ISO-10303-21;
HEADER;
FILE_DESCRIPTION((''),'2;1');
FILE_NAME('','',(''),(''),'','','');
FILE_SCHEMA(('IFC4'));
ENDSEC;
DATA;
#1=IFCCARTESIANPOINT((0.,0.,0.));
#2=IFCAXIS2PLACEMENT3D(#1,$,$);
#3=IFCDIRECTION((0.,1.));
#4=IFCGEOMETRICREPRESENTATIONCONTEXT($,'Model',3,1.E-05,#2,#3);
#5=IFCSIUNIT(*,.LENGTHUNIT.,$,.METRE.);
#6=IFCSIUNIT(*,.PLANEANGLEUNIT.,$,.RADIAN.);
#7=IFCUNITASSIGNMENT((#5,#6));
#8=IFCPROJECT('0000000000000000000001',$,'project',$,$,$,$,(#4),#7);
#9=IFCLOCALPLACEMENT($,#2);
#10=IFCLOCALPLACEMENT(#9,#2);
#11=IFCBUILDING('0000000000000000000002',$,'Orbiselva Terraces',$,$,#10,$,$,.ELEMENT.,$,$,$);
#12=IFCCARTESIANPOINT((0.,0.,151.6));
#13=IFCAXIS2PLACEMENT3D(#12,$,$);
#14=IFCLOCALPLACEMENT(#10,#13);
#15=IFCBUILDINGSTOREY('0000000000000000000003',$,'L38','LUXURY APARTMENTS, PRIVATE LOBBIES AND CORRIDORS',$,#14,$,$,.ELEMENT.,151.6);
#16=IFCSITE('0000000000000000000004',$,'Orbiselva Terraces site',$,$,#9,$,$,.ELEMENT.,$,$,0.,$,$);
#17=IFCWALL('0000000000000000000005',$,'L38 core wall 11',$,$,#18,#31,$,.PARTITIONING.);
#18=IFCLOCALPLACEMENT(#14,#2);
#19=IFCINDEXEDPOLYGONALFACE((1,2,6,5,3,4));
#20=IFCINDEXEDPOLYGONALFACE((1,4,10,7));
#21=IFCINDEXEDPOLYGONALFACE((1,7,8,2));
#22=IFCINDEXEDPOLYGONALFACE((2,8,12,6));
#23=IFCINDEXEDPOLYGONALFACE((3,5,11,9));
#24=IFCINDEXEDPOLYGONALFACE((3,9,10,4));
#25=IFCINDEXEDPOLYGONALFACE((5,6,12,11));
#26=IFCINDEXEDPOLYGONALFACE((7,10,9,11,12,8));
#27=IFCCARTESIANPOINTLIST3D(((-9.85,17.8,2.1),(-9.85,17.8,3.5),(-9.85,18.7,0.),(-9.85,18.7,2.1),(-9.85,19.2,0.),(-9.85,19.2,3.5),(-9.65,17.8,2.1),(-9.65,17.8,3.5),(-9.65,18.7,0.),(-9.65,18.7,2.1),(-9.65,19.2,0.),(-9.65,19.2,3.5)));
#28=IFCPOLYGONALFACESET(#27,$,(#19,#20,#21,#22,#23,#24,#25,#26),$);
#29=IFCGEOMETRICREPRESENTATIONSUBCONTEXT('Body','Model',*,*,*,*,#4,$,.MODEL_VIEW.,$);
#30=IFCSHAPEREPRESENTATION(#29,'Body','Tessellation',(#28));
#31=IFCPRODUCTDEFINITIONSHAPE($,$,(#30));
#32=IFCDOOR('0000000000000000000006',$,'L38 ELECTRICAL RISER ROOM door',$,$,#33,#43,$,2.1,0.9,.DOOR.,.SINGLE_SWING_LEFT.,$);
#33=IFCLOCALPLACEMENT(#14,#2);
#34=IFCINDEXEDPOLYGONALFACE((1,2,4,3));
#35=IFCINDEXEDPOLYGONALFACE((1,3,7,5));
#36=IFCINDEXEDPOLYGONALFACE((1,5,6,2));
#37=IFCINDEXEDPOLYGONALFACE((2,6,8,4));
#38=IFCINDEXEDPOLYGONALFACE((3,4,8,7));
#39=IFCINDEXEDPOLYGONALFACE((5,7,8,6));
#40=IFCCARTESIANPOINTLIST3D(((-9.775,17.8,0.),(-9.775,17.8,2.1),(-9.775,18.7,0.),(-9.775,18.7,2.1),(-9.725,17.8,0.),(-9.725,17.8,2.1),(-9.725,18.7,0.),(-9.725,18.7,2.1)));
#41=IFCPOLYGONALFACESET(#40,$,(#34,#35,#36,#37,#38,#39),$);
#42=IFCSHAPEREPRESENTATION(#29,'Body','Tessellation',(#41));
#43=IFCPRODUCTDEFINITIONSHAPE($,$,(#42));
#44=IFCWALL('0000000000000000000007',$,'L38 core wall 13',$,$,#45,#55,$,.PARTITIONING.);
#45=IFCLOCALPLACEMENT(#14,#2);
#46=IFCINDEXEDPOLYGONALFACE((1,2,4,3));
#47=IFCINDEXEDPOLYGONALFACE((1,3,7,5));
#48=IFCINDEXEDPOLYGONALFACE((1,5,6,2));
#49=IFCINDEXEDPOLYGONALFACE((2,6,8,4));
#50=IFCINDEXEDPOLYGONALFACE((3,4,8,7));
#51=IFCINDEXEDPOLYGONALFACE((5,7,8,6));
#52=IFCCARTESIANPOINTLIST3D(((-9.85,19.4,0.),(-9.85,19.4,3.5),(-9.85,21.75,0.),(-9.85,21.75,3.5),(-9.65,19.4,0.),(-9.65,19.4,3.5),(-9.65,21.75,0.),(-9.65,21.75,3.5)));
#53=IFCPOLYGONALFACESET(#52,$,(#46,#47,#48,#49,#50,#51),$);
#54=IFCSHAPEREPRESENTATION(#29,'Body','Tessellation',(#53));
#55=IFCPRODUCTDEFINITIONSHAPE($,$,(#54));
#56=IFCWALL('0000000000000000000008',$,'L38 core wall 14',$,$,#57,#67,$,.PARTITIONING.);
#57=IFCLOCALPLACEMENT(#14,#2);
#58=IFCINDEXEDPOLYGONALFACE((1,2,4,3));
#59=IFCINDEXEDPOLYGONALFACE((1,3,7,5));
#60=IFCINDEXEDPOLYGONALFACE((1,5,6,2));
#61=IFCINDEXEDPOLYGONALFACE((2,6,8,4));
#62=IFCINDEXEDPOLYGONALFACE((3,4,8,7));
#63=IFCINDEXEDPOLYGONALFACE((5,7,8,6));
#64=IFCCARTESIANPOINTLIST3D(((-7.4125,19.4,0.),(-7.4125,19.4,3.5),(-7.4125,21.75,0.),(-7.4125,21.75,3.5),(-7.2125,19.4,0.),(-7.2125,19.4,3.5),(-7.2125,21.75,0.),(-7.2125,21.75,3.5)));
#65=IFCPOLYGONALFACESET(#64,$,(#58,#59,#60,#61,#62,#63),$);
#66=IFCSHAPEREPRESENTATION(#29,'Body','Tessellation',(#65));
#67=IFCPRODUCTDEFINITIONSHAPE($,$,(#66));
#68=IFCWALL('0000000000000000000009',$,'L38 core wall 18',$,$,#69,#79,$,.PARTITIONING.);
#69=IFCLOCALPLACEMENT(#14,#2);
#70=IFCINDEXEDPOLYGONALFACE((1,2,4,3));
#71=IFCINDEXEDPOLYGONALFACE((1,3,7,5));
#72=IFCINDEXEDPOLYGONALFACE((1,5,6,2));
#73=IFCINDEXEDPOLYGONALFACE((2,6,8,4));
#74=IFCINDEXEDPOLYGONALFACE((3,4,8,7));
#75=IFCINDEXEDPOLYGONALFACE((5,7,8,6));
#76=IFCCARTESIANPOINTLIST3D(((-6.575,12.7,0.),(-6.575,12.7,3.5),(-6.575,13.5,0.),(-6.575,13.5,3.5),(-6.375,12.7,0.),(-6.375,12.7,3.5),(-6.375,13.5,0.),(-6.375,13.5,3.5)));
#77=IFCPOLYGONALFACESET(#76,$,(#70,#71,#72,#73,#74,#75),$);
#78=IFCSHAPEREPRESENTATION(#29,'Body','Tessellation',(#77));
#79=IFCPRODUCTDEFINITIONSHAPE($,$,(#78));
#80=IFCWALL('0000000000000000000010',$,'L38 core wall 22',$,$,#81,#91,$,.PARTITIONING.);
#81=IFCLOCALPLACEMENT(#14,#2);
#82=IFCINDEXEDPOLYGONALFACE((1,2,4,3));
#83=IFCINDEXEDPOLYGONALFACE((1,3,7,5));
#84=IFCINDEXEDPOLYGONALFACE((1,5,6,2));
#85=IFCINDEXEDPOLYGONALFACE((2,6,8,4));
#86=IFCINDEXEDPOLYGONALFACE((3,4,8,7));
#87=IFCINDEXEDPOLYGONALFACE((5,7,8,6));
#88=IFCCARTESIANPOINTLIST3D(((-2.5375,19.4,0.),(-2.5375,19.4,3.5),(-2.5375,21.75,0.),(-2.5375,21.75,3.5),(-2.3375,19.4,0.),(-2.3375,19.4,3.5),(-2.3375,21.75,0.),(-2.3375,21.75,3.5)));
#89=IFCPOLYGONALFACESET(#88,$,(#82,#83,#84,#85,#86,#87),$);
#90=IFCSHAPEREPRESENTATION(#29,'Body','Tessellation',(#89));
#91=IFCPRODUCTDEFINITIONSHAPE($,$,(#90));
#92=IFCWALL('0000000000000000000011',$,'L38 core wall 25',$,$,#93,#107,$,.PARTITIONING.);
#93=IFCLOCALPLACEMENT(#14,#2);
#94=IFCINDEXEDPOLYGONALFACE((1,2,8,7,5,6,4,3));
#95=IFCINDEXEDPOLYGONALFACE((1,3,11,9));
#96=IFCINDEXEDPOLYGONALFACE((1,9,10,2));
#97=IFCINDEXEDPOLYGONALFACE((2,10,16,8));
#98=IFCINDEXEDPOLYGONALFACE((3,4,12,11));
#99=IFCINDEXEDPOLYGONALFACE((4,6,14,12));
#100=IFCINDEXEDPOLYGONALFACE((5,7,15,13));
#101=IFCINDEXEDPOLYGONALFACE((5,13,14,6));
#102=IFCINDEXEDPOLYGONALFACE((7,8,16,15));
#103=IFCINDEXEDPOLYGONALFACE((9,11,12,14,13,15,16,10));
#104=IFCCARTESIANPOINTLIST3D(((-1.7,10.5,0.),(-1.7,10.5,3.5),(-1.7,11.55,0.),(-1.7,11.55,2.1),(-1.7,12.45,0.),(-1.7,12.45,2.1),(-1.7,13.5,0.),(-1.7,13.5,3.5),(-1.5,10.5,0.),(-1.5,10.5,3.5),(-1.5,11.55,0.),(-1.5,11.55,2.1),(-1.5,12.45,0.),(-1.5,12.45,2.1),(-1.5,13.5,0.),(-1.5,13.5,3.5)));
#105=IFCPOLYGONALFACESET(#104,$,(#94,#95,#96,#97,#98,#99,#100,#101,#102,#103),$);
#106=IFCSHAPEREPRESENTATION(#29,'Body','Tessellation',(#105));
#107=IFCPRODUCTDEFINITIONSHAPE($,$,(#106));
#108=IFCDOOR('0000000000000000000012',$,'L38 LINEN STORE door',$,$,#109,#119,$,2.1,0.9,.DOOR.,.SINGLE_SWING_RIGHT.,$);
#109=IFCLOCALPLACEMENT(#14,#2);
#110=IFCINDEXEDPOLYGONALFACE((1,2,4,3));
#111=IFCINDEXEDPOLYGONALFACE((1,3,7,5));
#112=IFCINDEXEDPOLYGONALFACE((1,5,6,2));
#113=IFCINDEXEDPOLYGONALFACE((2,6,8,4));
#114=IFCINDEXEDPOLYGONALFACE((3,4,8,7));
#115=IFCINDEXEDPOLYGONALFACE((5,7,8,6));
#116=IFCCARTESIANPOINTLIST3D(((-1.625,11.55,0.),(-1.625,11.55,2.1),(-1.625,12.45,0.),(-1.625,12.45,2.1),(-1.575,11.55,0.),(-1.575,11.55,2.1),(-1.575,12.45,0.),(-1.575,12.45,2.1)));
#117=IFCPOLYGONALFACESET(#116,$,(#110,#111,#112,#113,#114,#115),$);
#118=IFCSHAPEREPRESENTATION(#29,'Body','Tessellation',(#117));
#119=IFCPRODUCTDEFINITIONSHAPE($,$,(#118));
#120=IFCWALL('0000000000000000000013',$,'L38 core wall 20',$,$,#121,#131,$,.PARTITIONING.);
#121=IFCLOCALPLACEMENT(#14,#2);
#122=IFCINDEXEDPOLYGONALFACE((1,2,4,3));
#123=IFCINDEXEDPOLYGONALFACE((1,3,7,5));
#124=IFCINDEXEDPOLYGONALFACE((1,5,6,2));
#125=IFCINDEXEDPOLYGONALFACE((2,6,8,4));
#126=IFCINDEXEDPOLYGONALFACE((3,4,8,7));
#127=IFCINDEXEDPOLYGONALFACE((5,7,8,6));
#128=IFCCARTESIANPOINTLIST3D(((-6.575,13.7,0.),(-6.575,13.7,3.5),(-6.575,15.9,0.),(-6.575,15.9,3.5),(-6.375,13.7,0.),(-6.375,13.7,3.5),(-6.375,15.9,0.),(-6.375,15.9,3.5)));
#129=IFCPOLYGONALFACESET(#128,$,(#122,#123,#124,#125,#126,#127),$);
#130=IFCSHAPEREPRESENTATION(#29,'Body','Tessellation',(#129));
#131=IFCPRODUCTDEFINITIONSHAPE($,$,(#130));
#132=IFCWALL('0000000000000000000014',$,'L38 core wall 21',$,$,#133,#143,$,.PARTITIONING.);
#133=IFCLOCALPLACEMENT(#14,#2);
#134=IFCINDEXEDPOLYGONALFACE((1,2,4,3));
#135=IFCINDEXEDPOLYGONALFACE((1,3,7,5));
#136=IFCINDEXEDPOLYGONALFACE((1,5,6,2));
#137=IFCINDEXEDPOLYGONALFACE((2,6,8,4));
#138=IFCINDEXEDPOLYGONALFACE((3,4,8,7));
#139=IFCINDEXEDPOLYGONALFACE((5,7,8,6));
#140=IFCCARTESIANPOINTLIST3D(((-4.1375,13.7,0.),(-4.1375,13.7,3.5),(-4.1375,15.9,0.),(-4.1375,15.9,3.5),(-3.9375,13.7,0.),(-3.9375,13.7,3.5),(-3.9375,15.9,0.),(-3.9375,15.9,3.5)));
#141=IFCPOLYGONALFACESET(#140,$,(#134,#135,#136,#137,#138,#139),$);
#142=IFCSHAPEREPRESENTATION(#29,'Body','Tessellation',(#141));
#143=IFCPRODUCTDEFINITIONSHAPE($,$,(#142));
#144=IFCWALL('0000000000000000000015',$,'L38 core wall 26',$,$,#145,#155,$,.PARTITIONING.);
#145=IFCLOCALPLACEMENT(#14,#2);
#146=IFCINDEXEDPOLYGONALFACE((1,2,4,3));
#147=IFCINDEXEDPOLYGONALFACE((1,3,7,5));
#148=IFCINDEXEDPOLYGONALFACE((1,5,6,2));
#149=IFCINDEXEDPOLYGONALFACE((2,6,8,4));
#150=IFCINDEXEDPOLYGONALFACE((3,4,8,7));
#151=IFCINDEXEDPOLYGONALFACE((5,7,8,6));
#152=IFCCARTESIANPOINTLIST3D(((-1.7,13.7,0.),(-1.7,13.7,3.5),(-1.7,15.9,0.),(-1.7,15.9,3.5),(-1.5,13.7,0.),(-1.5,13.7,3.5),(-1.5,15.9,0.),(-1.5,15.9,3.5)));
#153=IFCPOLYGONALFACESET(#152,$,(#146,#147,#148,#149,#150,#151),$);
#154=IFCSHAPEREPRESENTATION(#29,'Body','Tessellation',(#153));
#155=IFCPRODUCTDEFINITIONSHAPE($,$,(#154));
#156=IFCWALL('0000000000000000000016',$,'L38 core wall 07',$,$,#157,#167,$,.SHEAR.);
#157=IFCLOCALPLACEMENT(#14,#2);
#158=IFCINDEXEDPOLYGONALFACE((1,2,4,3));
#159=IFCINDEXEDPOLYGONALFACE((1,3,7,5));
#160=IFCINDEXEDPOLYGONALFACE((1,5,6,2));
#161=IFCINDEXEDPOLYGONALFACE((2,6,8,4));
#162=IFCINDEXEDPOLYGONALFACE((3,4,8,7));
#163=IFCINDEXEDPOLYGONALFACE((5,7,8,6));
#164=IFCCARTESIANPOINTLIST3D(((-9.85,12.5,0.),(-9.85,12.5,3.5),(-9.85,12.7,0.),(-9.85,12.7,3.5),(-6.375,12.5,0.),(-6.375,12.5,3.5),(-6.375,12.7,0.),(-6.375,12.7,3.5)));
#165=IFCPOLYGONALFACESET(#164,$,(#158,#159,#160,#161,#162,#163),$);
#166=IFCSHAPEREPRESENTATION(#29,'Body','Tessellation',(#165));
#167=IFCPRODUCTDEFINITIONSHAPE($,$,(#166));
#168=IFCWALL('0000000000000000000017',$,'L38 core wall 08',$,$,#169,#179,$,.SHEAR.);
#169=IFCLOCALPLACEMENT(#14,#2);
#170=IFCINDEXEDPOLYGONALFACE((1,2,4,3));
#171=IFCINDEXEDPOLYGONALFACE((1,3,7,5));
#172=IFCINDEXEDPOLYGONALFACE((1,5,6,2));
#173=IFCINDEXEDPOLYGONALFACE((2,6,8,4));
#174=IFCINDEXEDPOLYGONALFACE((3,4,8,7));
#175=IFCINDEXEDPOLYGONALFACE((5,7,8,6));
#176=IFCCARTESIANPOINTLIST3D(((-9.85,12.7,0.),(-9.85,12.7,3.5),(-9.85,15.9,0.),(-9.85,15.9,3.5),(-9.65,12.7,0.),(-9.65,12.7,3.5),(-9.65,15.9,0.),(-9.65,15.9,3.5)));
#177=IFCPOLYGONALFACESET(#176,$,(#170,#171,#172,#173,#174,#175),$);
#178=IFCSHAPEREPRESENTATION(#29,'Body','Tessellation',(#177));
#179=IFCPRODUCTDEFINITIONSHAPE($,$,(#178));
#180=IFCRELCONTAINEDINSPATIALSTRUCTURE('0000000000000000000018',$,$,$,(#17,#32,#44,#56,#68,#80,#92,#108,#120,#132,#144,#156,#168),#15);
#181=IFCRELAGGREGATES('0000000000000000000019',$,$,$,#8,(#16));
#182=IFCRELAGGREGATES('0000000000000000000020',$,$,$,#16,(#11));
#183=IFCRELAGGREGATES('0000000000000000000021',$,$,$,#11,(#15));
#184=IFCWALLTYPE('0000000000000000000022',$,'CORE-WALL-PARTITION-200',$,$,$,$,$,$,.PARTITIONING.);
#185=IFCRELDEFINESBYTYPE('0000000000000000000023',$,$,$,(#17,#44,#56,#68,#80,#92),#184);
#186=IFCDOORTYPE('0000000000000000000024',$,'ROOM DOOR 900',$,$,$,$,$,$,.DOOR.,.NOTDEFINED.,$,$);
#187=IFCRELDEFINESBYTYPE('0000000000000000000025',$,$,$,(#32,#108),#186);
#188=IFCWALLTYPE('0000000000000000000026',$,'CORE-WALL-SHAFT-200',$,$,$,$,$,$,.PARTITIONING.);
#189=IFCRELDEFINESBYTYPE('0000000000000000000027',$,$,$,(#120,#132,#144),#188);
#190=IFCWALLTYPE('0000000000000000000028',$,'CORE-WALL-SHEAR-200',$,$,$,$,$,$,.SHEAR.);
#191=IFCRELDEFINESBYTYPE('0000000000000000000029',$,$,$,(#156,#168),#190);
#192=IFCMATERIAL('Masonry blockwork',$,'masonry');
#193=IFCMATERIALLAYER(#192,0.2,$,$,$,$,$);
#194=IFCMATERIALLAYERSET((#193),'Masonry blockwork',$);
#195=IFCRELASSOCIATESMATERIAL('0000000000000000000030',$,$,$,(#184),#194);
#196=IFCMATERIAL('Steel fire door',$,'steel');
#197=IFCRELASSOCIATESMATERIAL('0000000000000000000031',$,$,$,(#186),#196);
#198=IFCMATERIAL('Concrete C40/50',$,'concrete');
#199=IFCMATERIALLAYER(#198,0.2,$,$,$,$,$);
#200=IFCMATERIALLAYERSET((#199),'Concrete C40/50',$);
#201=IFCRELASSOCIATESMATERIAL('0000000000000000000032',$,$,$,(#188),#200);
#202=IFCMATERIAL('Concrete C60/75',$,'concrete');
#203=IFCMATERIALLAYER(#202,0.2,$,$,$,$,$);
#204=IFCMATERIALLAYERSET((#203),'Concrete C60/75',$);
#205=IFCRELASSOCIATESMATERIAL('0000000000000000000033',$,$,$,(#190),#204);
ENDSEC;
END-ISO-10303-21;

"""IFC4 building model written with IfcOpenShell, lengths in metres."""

from ifc_helpers import new_model, si_unit, direction, frame, frame_2d, origin, place, context, subcontext, project, spatial, rectangle, extrude, material, layer, layer_set, type_object, element, fill, save


model = new_model("IFC4")

# Units and contexts
model_context = context("Model", 3, precision=1e-05, world=origin(), true_north=direction((0.0, 1.0)))
body_context = subcontext(model_context, "Body", "Model", "MODEL_VIEW")
ifc_project = project(units=[si_unit("LENGTHUNIT", "METRE"), si_unit("PLANEANGLEUNIT", "RADIAN")], contexts=[model_context])

# Site, building, storey
site_placement = place(None, origin())
site = spatial("IfcSite", under=ifc_project, at=site_placement, Name="Orbiselva Terraces site", CompositionType="ELEMENT", RefElevation=0.0)
building_placement = place(site_placement, origin())
building = spatial("IfcBuilding", under=site, at=building_placement, Name="Orbiselva Terraces", CompositionType="ELEMENT")
storey_placement = place(building_placement, frame((0.0, 0.0, 151.6)))
storey = spatial("IfcBuildingStorey", under=building, at=storey_placement, Name="L38", Description="LUXURY APARTMENTS, PRIVATE LOBBIES AND CORRIDORS", CompositionType="ELEMENT", Elevation=151.6)

# Wall, opening, door
ifc_material_1 = material(Name="Masonry blockwork", Category="masonry")
ifc_layer_1 = layer(ifc_material_1, 0.2)
ifc_layer_set_1 = layer_set([ifc_layer_1], Name="Masonry blockwork")
wall_type_1 = type_object("IfcWallType", Name="CORE-WALL-PARTITION-200", PredefinedType="PARTITIONING", material=ifc_layer_set_1)
wall_1_placement = place(storey_placement, frame((-9.75, 17.8, 0.0), z_axis=(0.0, 0.0, 1.0), x_axis=(0.0, 1.0, 0.0)))
wall_1 = element("IfcWall", 1, at=wall_1_placement, inside=storey, type_object=wall_type_1, Name="L38 core wall 11", PredefinedType="PARTITIONING", context=body_context, shape_type="SweptSolid", body=[
    extrude(rectangle(XDim=1.4, YDim=0.2, at=frame_2d((0.7, 0.0))), origin(), (0.0, 0.0, 1.0), 3.5),
])
opening_1_placement = place(wall_1_placement, origin())
opening_1 = element("IfcOpeningElement", 2, at=opening_1_placement, cuts=wall_1, PredefinedType="OPENING", context=body_context, shape_type="SweptSolid", body=[
    extrude(rectangle(XDim=0.9, YDim=2.1, at=frame_2d((0.45, 1.05))), frame((0.0, 0.11, 0.0), z_axis=(0.0, -1.0, 0.0), x_axis=(1.0, 0.0, 0.0)), (0.0, 0.0, 1.0), 0.22),
])
ifc_material_2 = material(Name="Steel fire door", Category="steel")
door_type_1 = type_object("IfcDoorType", Name="ROOM DOOR 900", OperationType="NOTDEFINED", PredefinedType="DOOR", material=ifc_material_2)
door_1_placement = place(opening_1_placement, origin())
door_1 = element("IfcDoor", 3, at=door_1_placement, inside=storey, type_object=door_type_1, Name="L38 ELECTRICAL RISER ROOM door", OperationType="SINGLE_SWING_LEFT", OverallHeight=2.1, OverallWidth=0.9, PredefinedType="DOOR", context=body_context, shape_type="SweptSolid", body=[
    extrude(rectangle(XDim=0.9, YDim=2.1, at=frame_2d((0.45, 1.05))), frame((0.0, 0.025, 0.0), z_axis=(0.0, -1.0, 0.0), x_axis=(1.0, 0.0, 0.0)), (0.0, 0.0, 1.0), 0.05),
])
fill(opening_1, door_1)

# Walls
for number, where, z_axis, x_axis, name in (
    (4, (-9.75, 19.4, 0.0), (0.0, 0.0, 1.0), (0.0, 1.0, 0.0), "L38 core wall 13"),
    (5, (-7.3125, 19.4, 0.0), (0.0, 0.0, 1.0), (0.0, 1.0, 0.0), "L38 core wall 14"),
):
    element("IfcWall", number, at=place(storey_placement, frame(where, z_axis=z_axis, x_axis=x_axis)), inside=storey, type_object=wall_type_1, Name=name, PredefinedType="PARTITIONING", context=body_context, shape_type="SweptSolid", body=[
        extrude(rectangle(XDim=2.35, YDim=0.2, at=frame_2d((1.175, 0.0))), origin(), (0.0, 0.0, 1.0), 3.5),
    ])
wall_2_placement = place(storey_placement, frame((-6.475, 12.7, 0.0), z_axis=(0.0, 0.0, 1.0), x_axis=(0.0, 1.0, 0.0)))
element("IfcWall", 6, at=wall_2_placement, inside=storey, type_object=wall_type_1, Name="L38 core wall 18", PredefinedType="PARTITIONING", context=body_context, shape_type="SweptSolid", body=[
    extrude(rectangle(XDim=0.8, YDim=0.2, at=frame_2d((0.4, 0.0))), origin(), (0.0, 0.0, 1.0), 3.5),
])
wall_3_placement = place(storey_placement, frame((-2.4375, 19.4, 0.0), z_axis=(0.0, 0.0, 1.0), x_axis=(0.0, 1.0, 0.0)))
element("IfcWall", 7, at=wall_3_placement, inside=storey, type_object=wall_type_1, Name="L38 core wall 22", PredefinedType="PARTITIONING", context=body_context, shape_type="SweptSolid", body=[
    extrude(rectangle(XDim=2.35, YDim=0.2, at=frame_2d((1.175, 0.0))), origin(), (0.0, 0.0, 1.0), 3.5),
])

# Wall, opening, door
wall_4_placement = place(storey_placement, frame((-1.6, 10.5, 0.0), z_axis=(0.0, 0.0, 1.0), x_axis=(0.0, 1.0, 0.0)))
wall_4 = element("IfcWall", 8, at=wall_4_placement, inside=storey, type_object=wall_type_1, Name="L38 core wall 25", PredefinedType="PARTITIONING", context=body_context, shape_type="SweptSolid", body=[
    extrude(rectangle(XDim=3.0, YDim=0.2, at=frame_2d((1.5, 0.0))), origin(), (0.0, 0.0, 1.0), 3.5),
])
opening_2_placement = place(wall_4_placement, frame((1.05, 0.0, 0.0)))
opening_2 = element("IfcOpeningElement", 9, at=opening_2_placement, cuts=wall_4, PredefinedType="OPENING", context=body_context, shape_type="SweptSolid", body=[
    extrude(rectangle(XDim=0.9, YDim=2.1, at=frame_2d((0.45, 1.05))), frame((0.0, 0.11, 0.0), z_axis=(0.0, -1.0, 0.0), x_axis=(1.0, 0.0, 0.0)), (0.0, 0.0, 1.0), 0.22),
])
door_2_placement = place(opening_2_placement, origin())
door_2 = element("IfcDoor", 10, at=door_2_placement, inside=storey, type_object=door_type_1, Name="L38 LINEN STORE door", OperationType="SINGLE_SWING_RIGHT", OverallHeight=2.1, OverallWidth=0.9, PredefinedType="DOOR", context=body_context, shape_type="SweptSolid", body=[
    extrude(rectangle(XDim=0.9, YDim=2.1, at=frame_2d((0.45, 1.05))), frame((0.0, 0.025, 0.0), z_axis=(0.0, -1.0, 0.0), x_axis=(1.0, 0.0, 0.0)), (0.0, 0.0, 1.0), 0.05),
])
fill(opening_2, door_2)

# Walls
ifc_material_3 = material(Name="Concrete C40/50", Category="concrete")
ifc_layer_2 = layer(ifc_material_3, 0.2)
ifc_layer_set_2 = layer_set([ifc_layer_2], Name="Concrete C40/50")
wall_type_2 = type_object("IfcWallType", Name="CORE-WALL-SHAFT-200", PredefinedType="PARTITIONING", material=ifc_layer_set_2)
for number, where, z_axis, x_axis, name in (
    (11, (-6.475, 13.7, 0.0), (0.0, 0.0, 1.0), (0.0, 1.0, 0.0), "L38 core wall 20"),
    (12, (-4.0375, 13.7, 0.0), (0.0, 0.0, 1.0), (0.0, 1.0, 0.0), "L38 core wall 21"),
    (13, (-1.6, 13.7, 0.0), (0.0, 0.0, 1.0), (0.0, 1.0, 0.0), "L38 core wall 26"),
):
    element("IfcWall", number, at=place(storey_placement, frame(where, z_axis=z_axis, x_axis=x_axis)), inside=storey, type_object=wall_type_2, Name=name, PredefinedType="PARTITIONING", context=body_context, shape_type="SweptSolid", body=[
        extrude(rectangle(XDim=2.2, YDim=0.2, at=frame_2d((1.1, 0.0))), origin(), (0.0, 0.0, 1.0), 3.5),
    ])
ifc_material_4 = material(Name="Concrete C60/75", Category="concrete")
ifc_layer_3 = layer(ifc_material_4, 0.2)
ifc_layer_set_3 = layer_set([ifc_layer_3], Name="Concrete C60/75")
wall_type_3 = type_object("IfcWallType", Name="CORE-WALL-SHEAR-200", PredefinedType="SHEAR", material=ifc_layer_set_3)
wall_5_placement = place(storey_placement, frame((-9.85, 12.6, 0.0), z_axis=(0.0, 0.0, 1.0), x_axis=(1.0, 0.0, 0.0)))
element("IfcWall", 14, at=wall_5_placement, inside=storey, type_object=wall_type_3, Name="L38 core wall 07", PredefinedType="SHEAR", context=body_context, shape_type="SweptSolid", body=[
    extrude(rectangle(XDim=3.475, YDim=0.2, at=frame_2d((1.7375, 0.0))), origin(), (0.0, 0.0, 1.0), 3.5),
])
wall_6_placement = place(storey_placement, frame((-9.75, 12.7, 0.0), z_axis=(0.0, 0.0, 1.0), x_axis=(0.0, 1.0, 0.0)))
element("IfcWall", 15, at=wall_6_placement, inside=storey, type_object=wall_type_3, Name="L38 core wall 08", PredefinedType="SHEAR", context=body_context, shape_type="SweptSolid", body=[
    extrude(rectangle(XDim=3.2, YDim=0.2, at=frame_2d((1.6, 0.0))), origin(), (0.0, 0.0, 1.0), 3.5),
])

save(model, "model.ifc")
